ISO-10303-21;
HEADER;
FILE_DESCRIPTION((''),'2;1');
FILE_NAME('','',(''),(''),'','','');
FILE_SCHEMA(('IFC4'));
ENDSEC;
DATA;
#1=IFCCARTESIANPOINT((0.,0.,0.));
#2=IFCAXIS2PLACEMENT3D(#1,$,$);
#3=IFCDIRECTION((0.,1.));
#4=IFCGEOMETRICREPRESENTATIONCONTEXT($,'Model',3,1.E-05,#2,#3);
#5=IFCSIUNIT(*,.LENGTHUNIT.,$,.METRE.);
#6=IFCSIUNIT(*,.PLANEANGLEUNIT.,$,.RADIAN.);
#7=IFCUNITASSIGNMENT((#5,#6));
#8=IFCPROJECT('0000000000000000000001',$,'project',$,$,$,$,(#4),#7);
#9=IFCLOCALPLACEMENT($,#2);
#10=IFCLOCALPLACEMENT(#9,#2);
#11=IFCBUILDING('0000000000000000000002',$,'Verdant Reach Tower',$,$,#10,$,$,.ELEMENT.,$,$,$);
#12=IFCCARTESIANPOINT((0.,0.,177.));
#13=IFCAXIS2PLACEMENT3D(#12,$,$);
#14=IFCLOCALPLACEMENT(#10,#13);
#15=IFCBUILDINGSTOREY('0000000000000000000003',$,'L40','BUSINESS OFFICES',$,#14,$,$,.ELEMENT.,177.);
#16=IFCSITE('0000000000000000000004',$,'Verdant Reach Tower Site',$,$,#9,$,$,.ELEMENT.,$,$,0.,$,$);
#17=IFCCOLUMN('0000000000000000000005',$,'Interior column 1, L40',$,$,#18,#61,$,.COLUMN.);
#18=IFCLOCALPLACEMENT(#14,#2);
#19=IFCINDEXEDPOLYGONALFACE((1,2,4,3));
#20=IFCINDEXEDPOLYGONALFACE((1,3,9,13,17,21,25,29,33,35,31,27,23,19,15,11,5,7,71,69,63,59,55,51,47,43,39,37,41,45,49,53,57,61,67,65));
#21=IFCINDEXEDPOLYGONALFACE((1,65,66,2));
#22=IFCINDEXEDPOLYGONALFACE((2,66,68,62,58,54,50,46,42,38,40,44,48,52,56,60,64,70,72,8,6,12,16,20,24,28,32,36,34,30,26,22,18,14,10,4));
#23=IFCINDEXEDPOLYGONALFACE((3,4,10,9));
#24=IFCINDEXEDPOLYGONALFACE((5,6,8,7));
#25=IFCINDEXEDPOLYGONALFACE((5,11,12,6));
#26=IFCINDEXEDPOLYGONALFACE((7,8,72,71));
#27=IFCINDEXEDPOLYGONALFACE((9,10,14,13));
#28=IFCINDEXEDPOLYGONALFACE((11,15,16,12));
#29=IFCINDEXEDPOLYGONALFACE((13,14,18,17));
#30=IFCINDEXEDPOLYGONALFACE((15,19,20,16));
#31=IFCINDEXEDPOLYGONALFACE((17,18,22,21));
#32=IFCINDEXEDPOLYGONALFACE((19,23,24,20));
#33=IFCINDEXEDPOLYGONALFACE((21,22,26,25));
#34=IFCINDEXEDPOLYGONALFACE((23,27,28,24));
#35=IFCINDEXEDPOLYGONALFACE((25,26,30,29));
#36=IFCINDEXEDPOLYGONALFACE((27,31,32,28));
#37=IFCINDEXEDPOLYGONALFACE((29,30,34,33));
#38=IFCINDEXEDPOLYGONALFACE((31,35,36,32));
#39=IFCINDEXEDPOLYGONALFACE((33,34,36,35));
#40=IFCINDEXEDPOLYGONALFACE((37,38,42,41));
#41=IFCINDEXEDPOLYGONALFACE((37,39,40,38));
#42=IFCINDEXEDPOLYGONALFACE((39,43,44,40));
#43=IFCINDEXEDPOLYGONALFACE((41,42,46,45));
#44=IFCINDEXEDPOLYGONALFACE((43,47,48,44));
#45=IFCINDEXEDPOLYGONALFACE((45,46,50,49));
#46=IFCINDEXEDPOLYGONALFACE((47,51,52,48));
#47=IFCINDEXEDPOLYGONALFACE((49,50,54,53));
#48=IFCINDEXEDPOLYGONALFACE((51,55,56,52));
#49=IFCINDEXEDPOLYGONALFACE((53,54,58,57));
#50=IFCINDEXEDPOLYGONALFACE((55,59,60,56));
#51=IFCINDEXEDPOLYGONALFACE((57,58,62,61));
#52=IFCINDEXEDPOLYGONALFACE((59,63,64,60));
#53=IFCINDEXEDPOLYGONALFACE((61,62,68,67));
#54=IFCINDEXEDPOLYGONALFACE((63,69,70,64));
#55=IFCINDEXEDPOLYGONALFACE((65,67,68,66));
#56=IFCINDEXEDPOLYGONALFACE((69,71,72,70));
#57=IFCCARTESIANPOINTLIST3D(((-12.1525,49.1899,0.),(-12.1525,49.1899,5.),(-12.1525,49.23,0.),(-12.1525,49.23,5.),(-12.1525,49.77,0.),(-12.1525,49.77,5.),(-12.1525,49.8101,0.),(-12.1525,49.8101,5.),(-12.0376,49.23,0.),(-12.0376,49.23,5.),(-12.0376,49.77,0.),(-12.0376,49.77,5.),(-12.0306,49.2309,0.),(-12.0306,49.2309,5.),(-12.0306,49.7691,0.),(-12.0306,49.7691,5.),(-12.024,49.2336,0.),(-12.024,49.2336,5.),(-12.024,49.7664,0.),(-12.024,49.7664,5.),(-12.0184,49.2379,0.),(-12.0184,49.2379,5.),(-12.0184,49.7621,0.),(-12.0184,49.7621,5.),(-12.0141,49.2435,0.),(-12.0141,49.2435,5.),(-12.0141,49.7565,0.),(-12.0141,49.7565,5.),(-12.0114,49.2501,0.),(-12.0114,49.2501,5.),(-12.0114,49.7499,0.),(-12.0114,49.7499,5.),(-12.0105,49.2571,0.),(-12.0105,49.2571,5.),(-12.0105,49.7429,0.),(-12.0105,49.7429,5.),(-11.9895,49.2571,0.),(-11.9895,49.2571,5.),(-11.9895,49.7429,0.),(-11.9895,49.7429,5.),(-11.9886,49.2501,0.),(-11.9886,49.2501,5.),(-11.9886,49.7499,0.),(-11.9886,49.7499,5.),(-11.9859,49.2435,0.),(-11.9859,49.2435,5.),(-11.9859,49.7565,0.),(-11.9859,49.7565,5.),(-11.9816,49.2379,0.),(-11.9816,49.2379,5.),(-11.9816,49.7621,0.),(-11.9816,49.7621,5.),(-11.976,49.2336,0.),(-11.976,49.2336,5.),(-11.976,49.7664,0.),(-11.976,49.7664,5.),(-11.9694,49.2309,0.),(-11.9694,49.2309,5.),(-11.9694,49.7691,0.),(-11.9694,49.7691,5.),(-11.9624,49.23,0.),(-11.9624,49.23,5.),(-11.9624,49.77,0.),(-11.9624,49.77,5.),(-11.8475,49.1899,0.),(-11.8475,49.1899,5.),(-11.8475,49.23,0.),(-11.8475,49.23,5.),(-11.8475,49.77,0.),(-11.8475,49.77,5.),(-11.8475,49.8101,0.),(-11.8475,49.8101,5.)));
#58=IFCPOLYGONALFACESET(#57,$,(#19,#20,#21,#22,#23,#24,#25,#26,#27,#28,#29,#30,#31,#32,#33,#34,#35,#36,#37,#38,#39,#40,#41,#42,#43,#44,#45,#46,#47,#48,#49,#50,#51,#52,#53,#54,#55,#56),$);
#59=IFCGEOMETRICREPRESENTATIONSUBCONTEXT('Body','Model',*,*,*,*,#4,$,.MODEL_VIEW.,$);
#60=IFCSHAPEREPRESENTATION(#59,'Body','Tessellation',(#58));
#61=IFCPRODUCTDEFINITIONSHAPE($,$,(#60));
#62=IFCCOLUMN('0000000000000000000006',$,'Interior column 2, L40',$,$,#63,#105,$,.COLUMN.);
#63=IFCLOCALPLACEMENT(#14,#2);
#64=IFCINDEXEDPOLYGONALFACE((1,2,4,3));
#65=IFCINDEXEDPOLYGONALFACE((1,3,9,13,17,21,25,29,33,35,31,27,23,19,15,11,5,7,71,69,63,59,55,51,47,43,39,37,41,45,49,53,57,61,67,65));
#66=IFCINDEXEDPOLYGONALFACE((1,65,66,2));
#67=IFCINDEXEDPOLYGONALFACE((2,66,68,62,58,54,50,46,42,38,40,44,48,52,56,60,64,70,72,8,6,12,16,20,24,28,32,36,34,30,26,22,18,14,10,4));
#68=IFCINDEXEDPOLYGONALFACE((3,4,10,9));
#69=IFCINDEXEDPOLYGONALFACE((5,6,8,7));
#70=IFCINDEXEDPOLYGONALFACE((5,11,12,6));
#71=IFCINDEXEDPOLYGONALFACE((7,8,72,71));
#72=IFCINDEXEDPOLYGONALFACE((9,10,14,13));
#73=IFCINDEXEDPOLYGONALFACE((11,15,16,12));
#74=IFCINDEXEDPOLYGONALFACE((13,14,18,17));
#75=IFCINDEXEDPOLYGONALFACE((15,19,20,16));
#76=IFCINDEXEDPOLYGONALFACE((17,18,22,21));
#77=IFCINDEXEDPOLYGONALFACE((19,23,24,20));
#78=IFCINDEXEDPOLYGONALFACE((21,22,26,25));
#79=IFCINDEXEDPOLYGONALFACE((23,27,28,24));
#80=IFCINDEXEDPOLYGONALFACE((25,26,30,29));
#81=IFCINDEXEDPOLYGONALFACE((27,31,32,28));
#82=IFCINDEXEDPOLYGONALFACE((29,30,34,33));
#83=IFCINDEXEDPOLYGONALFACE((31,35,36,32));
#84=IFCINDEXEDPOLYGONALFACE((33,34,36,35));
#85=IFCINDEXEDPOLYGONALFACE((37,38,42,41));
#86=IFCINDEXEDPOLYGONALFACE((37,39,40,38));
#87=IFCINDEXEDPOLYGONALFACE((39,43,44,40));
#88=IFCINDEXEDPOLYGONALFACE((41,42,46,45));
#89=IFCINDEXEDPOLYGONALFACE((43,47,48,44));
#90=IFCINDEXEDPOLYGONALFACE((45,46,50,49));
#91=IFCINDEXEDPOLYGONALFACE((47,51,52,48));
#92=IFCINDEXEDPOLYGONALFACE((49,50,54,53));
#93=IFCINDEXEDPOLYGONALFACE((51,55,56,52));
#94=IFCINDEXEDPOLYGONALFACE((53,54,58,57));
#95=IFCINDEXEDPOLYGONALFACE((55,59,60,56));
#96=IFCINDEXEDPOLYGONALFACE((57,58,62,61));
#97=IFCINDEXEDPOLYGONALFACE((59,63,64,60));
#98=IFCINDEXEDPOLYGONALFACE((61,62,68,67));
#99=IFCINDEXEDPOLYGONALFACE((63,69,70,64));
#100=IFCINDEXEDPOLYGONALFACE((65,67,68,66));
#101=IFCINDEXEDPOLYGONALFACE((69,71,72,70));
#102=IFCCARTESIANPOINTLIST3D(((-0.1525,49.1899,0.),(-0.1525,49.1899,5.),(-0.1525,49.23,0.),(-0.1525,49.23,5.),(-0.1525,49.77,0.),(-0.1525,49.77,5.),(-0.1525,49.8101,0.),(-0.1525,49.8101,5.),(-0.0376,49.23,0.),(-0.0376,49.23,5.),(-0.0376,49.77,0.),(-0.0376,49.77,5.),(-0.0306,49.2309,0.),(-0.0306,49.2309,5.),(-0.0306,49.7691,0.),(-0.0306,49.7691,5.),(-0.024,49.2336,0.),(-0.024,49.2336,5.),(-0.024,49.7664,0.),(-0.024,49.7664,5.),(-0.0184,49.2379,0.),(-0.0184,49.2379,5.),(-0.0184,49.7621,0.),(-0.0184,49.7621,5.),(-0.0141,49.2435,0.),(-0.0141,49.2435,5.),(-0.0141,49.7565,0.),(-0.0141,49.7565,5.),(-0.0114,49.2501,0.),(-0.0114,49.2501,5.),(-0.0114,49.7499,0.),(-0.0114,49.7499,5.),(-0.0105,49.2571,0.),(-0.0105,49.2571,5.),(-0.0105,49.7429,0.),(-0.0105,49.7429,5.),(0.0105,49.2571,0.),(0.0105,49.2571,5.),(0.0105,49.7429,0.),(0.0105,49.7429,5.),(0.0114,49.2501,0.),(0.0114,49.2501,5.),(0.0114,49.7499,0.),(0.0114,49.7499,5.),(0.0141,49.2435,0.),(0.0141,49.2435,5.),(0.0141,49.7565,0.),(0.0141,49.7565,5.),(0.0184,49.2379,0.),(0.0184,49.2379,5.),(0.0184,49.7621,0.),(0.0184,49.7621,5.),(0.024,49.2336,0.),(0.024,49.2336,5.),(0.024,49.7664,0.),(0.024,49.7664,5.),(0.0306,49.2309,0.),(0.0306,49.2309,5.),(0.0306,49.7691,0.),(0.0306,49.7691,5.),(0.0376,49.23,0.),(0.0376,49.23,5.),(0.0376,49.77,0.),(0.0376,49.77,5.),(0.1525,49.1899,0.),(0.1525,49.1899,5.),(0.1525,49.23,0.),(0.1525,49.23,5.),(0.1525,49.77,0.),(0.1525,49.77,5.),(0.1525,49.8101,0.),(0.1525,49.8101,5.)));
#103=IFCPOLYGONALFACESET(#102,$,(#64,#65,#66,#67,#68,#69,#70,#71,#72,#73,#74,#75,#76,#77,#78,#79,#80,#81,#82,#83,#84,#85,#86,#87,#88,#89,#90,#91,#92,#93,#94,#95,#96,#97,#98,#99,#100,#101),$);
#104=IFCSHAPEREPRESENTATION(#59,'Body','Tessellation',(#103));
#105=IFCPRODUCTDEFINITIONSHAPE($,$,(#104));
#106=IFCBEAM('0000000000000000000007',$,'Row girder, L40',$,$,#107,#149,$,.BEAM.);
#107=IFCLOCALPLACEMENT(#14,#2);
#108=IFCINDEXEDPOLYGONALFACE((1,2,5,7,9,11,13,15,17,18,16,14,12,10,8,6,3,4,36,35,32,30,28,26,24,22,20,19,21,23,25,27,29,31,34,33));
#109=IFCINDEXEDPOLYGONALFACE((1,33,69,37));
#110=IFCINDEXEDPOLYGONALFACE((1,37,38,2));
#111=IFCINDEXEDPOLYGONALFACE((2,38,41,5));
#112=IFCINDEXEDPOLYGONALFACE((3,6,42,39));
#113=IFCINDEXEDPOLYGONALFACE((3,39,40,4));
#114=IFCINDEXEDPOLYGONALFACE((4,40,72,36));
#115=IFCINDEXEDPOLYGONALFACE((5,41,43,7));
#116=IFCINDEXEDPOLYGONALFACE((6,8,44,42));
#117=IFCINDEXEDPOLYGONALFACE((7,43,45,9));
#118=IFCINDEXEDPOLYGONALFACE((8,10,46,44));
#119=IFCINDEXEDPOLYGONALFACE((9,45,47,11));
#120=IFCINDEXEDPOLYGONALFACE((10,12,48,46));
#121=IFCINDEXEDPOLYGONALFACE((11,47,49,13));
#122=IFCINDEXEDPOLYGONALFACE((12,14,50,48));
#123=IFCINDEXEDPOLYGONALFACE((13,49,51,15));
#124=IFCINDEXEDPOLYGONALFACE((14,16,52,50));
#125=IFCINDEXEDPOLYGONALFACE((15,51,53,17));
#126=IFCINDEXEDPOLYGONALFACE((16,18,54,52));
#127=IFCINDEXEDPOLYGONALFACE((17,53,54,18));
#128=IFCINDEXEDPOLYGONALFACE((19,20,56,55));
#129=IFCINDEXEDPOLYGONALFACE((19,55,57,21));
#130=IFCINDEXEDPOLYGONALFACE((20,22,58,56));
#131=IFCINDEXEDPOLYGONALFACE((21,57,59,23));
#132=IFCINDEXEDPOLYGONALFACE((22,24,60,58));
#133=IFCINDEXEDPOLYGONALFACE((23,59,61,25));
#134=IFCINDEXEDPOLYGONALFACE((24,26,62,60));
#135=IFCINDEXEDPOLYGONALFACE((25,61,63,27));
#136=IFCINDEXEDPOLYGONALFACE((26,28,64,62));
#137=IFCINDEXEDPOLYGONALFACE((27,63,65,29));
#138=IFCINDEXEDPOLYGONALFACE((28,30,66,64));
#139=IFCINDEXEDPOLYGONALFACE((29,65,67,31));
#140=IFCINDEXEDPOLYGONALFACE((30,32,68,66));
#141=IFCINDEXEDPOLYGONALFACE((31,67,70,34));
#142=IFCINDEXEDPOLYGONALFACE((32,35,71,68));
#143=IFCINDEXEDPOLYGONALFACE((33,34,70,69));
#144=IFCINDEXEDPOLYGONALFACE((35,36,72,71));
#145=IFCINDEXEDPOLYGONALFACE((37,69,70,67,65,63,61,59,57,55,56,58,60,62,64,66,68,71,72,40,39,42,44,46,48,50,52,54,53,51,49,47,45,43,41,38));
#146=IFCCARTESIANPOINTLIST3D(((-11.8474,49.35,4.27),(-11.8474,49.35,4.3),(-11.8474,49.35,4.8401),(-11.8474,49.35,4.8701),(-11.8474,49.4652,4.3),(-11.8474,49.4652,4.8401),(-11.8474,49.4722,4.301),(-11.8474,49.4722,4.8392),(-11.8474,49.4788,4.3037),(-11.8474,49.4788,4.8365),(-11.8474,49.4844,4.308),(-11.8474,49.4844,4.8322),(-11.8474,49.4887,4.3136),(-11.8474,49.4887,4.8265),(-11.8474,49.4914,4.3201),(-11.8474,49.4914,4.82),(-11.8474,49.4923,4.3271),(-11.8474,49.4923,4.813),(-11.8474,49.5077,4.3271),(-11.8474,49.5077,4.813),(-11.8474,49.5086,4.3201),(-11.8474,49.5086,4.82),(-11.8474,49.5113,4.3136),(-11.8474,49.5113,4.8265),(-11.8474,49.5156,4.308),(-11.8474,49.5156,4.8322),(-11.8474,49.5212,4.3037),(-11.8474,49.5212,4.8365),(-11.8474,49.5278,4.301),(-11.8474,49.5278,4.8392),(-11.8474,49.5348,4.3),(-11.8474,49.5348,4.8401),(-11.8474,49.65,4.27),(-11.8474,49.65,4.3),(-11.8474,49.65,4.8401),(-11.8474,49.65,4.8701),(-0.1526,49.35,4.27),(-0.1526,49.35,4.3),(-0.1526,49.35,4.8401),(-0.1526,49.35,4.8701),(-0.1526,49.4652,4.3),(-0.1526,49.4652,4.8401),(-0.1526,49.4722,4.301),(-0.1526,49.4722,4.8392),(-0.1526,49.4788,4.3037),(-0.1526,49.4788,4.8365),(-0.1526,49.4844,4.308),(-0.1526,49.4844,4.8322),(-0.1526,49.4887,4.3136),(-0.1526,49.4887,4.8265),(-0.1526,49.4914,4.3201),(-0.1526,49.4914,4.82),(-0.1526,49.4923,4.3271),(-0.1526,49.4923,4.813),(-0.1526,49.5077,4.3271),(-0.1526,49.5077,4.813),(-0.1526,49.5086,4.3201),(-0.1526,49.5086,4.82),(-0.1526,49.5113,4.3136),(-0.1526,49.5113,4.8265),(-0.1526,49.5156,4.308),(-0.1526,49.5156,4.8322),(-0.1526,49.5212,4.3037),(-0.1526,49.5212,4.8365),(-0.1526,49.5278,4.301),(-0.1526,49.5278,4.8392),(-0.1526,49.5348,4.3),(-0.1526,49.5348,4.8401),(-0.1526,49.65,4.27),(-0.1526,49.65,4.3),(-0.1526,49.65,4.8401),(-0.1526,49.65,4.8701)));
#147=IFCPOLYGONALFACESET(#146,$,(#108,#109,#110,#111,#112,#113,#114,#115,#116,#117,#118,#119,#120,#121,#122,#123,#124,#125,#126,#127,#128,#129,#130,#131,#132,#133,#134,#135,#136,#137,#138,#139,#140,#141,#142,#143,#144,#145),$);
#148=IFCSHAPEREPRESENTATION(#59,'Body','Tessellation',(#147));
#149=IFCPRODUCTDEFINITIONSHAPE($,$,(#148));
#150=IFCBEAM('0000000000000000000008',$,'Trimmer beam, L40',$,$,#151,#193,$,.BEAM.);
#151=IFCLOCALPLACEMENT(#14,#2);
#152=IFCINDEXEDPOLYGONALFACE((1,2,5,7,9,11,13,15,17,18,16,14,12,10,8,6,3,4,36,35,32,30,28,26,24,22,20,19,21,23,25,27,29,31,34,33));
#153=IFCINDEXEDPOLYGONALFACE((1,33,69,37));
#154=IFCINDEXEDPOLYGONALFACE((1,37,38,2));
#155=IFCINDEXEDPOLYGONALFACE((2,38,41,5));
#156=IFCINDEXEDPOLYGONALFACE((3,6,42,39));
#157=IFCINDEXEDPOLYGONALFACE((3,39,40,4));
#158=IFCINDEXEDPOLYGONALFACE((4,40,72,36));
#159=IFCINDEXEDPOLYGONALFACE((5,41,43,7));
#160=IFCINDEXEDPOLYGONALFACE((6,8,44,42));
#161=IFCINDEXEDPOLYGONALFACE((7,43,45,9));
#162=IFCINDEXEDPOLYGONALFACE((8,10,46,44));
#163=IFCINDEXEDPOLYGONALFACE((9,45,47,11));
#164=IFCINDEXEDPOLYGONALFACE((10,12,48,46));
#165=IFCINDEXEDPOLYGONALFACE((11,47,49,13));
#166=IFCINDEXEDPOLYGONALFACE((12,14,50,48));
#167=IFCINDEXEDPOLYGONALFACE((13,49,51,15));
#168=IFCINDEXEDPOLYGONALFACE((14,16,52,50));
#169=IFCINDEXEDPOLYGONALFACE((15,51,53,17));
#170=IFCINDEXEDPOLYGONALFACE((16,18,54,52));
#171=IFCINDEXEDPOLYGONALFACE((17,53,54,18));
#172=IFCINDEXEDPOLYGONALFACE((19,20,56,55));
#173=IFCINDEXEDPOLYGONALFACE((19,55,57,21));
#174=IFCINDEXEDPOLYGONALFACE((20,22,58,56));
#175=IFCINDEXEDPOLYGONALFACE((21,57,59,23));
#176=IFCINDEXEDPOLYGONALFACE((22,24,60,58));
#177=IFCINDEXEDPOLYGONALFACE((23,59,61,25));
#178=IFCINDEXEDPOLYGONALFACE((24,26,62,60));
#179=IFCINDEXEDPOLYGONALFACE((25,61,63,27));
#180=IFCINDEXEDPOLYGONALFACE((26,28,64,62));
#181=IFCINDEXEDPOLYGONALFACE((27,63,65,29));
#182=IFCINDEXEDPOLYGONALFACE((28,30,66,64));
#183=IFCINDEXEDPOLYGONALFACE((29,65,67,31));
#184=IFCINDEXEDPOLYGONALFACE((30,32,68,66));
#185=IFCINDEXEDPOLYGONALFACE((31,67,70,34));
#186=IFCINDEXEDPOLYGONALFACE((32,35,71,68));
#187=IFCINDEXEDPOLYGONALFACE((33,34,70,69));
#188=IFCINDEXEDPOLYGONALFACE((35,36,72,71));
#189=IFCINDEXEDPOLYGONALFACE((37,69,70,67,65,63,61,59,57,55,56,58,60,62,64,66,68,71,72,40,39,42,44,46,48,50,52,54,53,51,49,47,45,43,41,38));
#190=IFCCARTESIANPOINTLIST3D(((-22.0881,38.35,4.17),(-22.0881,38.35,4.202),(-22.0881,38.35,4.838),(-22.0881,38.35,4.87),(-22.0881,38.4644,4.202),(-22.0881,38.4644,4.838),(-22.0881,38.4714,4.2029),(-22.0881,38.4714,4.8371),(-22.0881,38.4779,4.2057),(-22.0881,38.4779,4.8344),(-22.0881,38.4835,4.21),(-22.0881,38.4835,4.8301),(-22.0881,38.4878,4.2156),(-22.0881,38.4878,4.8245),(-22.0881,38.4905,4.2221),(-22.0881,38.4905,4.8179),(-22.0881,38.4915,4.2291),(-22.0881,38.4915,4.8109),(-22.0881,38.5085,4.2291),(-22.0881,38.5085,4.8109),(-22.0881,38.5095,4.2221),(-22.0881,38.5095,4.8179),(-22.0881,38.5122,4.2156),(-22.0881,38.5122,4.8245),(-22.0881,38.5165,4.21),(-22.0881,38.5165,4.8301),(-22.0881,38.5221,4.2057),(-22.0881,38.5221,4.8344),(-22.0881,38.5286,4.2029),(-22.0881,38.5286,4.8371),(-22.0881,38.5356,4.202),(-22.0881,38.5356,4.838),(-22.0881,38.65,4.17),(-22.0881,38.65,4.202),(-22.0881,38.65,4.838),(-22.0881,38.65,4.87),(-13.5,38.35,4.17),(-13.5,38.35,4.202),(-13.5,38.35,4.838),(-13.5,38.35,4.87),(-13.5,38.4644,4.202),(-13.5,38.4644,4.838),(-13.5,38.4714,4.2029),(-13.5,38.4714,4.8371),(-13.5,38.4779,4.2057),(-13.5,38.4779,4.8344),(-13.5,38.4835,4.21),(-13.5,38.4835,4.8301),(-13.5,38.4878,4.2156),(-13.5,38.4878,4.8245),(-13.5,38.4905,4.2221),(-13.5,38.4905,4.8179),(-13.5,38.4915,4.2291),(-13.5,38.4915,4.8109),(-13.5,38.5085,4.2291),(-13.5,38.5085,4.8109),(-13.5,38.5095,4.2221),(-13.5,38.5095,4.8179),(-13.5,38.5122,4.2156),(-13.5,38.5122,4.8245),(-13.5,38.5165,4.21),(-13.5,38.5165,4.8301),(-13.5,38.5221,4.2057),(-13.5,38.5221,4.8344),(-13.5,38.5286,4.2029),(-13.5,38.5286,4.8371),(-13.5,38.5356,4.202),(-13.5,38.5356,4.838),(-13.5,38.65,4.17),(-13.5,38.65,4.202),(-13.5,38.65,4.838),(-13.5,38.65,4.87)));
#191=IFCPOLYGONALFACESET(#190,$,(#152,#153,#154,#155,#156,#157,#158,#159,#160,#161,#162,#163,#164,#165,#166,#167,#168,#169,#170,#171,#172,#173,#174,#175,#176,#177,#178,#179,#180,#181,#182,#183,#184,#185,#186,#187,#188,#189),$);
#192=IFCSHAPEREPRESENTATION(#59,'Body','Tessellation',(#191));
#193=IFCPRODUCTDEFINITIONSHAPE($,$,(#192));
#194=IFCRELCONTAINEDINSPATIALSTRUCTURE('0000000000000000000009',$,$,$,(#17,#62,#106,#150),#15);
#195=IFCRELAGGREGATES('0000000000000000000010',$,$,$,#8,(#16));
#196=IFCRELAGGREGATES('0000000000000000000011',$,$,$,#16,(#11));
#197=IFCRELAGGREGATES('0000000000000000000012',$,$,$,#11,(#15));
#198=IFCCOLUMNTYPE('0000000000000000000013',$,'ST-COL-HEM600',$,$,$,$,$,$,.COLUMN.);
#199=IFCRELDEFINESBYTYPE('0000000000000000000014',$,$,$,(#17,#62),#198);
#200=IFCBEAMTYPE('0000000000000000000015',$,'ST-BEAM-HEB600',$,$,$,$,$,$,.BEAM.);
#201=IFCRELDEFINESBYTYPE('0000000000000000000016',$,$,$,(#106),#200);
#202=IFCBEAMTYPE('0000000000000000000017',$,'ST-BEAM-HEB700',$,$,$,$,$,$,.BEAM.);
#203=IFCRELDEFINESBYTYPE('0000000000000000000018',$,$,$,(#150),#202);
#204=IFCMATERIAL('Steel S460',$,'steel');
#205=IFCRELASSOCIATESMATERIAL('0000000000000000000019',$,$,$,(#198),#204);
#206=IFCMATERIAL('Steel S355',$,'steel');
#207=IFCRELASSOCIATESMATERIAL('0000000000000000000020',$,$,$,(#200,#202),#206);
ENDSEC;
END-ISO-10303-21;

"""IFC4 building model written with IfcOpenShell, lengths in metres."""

from ifc_helpers import new_model, si_unit, direction, frame, origin, origin_2d, place, context, subcontext, project, spatial, i_section, extrude, material, material_profile, profile_set, type_object, element, save


model = new_model("IFC4")

# Units and contexts
model_context = context("Model", 3, precision=1e-05, world=origin(), true_north=direction((0.0, 1.0)))
body_context = subcontext(model_context, "Body", "Model", "MODEL_VIEW")
ifc_project = project(units=[si_unit("LENGTHUNIT", "METRE"), si_unit("PLANEANGLEUNIT", "RADIAN")], contexts=[model_context])

# Site, building, storey
site_placement = place(None, origin())
site = spatial("IfcSite", under=ifc_project, at=site_placement, Name="Verdant Reach Tower Site", CompositionType="ELEMENT", RefElevation=0.0)
building_placement = place(site_placement, origin())
building = spatial("IfcBuilding", under=site, at=building_placement, Name="Verdant Reach Tower", CompositionType="ELEMENT")
storey_placement = place(building_placement, frame((0.0, 0.0, 177.0)))
storey = spatial("IfcBuildingStorey", under=building, at=storey_placement, Name="L40", Description="BUSINESS OFFICES", CompositionType="ELEMENT", Elevation=177.0)

# Columns
ifc_material_1 = material(Name="Steel S460", Category="steel")
ifc_material_profile_1 = material_profile(ifc_material_1, i_section(OverallWidth=0.3049, OverallDepth=0.6201, WebThickness=0.021, FlangeThickness=0.04, FilletRadius=0.0271, at=origin_2d()), Name="HEM 600")
ifc_profile_set_1 = profile_set([ifc_material_profile_1], Name="Steel S460")
column_type = type_object("IfcColumnType", Name="ST-COL-HEM600", PredefinedType="COLUMN", material=ifc_profile_set_1)
for number, where, z_axis, x_axis, name in (
    (1, (-12.0, 49.5, 0.0), (0.0, 0.0, 1.0), (1.0, 0.0, 0.0), "Interior column 1, L40"),
    (2, (0.0, 49.5, 0.0), (0.0, 0.0, 1.0), (1.0, 0.0, 0.0), "Interior column 2, L40"),
):
    element("IfcColumn", number, at=place(storey_placement, frame(where, z_axis=z_axis, x_axis=x_axis)), inside=storey, type_object=column_type, Name=name, PredefinedType="COLUMN", context=body_context, shape_type="SweptSolid", body=[
        extrude(i_section(OverallWidth=0.3049, OverallDepth=0.6201, WebThickness=0.021, FlangeThickness=0.04, FilletRadius=0.0271, at=origin_2d()), origin(), (0.0, 0.0, 1.0), 5.0),
    ])

# Beams
ifc_material_2 = material(Name="Steel S355", Category="steel")
ifc_material_profile_2 = material_profile(ifc_material_2, i_section(OverallWidth=0.3, OverallDepth=0.6001, WebThickness=0.0154, FlangeThickness=0.03, FilletRadius=0.0271, at=origin_2d()), Name="HEB 600")
ifc_profile_set_2 = profile_set([ifc_material_profile_2], Name="Steel S355")
beam_type_1 = type_object("IfcBeamType", Name="ST-BEAM-HEB600", PredefinedType="BEAM", material=ifc_profile_set_2)
beam_1_placement = place(storey_placement, frame((-11.8474, 49.5, 4.5701), z_axis=(1.0, 0.0, 0.0), x_axis=(0.0, 1.0, 0.0)))
element("IfcBeam", 3, at=beam_1_placement, inside=storey, type_object=beam_type_1, Name="Row girder, L40", PredefinedType="BEAM", context=body_context, shape_type="SweptSolid", body=[
    extrude(i_section(OverallWidth=0.3, OverallDepth=0.6001, WebThickness=0.0154, FlangeThickness=0.03, FilletRadius=0.0271, at=origin_2d()), origin(), (0.0, 0.0, 1.0), 11.6948),
])
ifc_material_profile_3 = material_profile(ifc_material_2, i_section(OverallWidth=0.3, OverallDepth=0.7, WebThickness=0.0171, FlangeThickness=0.032, FilletRadius=0.0271, at=origin_2d()), Name="HEB 700")
ifc_profile_set_3 = profile_set([ifc_material_profile_3], Name="Steel S355")
beam_type_2 = type_object("IfcBeamType", Name="ST-BEAM-HEB700", PredefinedType="BEAM", material=ifc_profile_set_3)
beam_2_placement = place(storey_placement, frame((-13.5, 38.5, 4.52), z_axis=(-1.0, 0.0, 0.0), x_axis=(0.0, -1.0, 0.0)))
element("IfcBeam", 4, at=beam_2_placement, inside=storey, type_object=beam_type_2, Name="Trimmer beam, L40", PredefinedType="BEAM", context=body_context, shape_type="SweptSolid", body=[
    extrude(i_section(OverallWidth=0.3, OverallDepth=0.7, WebThickness=0.0171, FlangeThickness=0.032, FilletRadius=0.0271, at=origin_2d()), origin(), (0.0, 0.0, 1.0), 8.5881),
])

save(model, "model.ifc")
